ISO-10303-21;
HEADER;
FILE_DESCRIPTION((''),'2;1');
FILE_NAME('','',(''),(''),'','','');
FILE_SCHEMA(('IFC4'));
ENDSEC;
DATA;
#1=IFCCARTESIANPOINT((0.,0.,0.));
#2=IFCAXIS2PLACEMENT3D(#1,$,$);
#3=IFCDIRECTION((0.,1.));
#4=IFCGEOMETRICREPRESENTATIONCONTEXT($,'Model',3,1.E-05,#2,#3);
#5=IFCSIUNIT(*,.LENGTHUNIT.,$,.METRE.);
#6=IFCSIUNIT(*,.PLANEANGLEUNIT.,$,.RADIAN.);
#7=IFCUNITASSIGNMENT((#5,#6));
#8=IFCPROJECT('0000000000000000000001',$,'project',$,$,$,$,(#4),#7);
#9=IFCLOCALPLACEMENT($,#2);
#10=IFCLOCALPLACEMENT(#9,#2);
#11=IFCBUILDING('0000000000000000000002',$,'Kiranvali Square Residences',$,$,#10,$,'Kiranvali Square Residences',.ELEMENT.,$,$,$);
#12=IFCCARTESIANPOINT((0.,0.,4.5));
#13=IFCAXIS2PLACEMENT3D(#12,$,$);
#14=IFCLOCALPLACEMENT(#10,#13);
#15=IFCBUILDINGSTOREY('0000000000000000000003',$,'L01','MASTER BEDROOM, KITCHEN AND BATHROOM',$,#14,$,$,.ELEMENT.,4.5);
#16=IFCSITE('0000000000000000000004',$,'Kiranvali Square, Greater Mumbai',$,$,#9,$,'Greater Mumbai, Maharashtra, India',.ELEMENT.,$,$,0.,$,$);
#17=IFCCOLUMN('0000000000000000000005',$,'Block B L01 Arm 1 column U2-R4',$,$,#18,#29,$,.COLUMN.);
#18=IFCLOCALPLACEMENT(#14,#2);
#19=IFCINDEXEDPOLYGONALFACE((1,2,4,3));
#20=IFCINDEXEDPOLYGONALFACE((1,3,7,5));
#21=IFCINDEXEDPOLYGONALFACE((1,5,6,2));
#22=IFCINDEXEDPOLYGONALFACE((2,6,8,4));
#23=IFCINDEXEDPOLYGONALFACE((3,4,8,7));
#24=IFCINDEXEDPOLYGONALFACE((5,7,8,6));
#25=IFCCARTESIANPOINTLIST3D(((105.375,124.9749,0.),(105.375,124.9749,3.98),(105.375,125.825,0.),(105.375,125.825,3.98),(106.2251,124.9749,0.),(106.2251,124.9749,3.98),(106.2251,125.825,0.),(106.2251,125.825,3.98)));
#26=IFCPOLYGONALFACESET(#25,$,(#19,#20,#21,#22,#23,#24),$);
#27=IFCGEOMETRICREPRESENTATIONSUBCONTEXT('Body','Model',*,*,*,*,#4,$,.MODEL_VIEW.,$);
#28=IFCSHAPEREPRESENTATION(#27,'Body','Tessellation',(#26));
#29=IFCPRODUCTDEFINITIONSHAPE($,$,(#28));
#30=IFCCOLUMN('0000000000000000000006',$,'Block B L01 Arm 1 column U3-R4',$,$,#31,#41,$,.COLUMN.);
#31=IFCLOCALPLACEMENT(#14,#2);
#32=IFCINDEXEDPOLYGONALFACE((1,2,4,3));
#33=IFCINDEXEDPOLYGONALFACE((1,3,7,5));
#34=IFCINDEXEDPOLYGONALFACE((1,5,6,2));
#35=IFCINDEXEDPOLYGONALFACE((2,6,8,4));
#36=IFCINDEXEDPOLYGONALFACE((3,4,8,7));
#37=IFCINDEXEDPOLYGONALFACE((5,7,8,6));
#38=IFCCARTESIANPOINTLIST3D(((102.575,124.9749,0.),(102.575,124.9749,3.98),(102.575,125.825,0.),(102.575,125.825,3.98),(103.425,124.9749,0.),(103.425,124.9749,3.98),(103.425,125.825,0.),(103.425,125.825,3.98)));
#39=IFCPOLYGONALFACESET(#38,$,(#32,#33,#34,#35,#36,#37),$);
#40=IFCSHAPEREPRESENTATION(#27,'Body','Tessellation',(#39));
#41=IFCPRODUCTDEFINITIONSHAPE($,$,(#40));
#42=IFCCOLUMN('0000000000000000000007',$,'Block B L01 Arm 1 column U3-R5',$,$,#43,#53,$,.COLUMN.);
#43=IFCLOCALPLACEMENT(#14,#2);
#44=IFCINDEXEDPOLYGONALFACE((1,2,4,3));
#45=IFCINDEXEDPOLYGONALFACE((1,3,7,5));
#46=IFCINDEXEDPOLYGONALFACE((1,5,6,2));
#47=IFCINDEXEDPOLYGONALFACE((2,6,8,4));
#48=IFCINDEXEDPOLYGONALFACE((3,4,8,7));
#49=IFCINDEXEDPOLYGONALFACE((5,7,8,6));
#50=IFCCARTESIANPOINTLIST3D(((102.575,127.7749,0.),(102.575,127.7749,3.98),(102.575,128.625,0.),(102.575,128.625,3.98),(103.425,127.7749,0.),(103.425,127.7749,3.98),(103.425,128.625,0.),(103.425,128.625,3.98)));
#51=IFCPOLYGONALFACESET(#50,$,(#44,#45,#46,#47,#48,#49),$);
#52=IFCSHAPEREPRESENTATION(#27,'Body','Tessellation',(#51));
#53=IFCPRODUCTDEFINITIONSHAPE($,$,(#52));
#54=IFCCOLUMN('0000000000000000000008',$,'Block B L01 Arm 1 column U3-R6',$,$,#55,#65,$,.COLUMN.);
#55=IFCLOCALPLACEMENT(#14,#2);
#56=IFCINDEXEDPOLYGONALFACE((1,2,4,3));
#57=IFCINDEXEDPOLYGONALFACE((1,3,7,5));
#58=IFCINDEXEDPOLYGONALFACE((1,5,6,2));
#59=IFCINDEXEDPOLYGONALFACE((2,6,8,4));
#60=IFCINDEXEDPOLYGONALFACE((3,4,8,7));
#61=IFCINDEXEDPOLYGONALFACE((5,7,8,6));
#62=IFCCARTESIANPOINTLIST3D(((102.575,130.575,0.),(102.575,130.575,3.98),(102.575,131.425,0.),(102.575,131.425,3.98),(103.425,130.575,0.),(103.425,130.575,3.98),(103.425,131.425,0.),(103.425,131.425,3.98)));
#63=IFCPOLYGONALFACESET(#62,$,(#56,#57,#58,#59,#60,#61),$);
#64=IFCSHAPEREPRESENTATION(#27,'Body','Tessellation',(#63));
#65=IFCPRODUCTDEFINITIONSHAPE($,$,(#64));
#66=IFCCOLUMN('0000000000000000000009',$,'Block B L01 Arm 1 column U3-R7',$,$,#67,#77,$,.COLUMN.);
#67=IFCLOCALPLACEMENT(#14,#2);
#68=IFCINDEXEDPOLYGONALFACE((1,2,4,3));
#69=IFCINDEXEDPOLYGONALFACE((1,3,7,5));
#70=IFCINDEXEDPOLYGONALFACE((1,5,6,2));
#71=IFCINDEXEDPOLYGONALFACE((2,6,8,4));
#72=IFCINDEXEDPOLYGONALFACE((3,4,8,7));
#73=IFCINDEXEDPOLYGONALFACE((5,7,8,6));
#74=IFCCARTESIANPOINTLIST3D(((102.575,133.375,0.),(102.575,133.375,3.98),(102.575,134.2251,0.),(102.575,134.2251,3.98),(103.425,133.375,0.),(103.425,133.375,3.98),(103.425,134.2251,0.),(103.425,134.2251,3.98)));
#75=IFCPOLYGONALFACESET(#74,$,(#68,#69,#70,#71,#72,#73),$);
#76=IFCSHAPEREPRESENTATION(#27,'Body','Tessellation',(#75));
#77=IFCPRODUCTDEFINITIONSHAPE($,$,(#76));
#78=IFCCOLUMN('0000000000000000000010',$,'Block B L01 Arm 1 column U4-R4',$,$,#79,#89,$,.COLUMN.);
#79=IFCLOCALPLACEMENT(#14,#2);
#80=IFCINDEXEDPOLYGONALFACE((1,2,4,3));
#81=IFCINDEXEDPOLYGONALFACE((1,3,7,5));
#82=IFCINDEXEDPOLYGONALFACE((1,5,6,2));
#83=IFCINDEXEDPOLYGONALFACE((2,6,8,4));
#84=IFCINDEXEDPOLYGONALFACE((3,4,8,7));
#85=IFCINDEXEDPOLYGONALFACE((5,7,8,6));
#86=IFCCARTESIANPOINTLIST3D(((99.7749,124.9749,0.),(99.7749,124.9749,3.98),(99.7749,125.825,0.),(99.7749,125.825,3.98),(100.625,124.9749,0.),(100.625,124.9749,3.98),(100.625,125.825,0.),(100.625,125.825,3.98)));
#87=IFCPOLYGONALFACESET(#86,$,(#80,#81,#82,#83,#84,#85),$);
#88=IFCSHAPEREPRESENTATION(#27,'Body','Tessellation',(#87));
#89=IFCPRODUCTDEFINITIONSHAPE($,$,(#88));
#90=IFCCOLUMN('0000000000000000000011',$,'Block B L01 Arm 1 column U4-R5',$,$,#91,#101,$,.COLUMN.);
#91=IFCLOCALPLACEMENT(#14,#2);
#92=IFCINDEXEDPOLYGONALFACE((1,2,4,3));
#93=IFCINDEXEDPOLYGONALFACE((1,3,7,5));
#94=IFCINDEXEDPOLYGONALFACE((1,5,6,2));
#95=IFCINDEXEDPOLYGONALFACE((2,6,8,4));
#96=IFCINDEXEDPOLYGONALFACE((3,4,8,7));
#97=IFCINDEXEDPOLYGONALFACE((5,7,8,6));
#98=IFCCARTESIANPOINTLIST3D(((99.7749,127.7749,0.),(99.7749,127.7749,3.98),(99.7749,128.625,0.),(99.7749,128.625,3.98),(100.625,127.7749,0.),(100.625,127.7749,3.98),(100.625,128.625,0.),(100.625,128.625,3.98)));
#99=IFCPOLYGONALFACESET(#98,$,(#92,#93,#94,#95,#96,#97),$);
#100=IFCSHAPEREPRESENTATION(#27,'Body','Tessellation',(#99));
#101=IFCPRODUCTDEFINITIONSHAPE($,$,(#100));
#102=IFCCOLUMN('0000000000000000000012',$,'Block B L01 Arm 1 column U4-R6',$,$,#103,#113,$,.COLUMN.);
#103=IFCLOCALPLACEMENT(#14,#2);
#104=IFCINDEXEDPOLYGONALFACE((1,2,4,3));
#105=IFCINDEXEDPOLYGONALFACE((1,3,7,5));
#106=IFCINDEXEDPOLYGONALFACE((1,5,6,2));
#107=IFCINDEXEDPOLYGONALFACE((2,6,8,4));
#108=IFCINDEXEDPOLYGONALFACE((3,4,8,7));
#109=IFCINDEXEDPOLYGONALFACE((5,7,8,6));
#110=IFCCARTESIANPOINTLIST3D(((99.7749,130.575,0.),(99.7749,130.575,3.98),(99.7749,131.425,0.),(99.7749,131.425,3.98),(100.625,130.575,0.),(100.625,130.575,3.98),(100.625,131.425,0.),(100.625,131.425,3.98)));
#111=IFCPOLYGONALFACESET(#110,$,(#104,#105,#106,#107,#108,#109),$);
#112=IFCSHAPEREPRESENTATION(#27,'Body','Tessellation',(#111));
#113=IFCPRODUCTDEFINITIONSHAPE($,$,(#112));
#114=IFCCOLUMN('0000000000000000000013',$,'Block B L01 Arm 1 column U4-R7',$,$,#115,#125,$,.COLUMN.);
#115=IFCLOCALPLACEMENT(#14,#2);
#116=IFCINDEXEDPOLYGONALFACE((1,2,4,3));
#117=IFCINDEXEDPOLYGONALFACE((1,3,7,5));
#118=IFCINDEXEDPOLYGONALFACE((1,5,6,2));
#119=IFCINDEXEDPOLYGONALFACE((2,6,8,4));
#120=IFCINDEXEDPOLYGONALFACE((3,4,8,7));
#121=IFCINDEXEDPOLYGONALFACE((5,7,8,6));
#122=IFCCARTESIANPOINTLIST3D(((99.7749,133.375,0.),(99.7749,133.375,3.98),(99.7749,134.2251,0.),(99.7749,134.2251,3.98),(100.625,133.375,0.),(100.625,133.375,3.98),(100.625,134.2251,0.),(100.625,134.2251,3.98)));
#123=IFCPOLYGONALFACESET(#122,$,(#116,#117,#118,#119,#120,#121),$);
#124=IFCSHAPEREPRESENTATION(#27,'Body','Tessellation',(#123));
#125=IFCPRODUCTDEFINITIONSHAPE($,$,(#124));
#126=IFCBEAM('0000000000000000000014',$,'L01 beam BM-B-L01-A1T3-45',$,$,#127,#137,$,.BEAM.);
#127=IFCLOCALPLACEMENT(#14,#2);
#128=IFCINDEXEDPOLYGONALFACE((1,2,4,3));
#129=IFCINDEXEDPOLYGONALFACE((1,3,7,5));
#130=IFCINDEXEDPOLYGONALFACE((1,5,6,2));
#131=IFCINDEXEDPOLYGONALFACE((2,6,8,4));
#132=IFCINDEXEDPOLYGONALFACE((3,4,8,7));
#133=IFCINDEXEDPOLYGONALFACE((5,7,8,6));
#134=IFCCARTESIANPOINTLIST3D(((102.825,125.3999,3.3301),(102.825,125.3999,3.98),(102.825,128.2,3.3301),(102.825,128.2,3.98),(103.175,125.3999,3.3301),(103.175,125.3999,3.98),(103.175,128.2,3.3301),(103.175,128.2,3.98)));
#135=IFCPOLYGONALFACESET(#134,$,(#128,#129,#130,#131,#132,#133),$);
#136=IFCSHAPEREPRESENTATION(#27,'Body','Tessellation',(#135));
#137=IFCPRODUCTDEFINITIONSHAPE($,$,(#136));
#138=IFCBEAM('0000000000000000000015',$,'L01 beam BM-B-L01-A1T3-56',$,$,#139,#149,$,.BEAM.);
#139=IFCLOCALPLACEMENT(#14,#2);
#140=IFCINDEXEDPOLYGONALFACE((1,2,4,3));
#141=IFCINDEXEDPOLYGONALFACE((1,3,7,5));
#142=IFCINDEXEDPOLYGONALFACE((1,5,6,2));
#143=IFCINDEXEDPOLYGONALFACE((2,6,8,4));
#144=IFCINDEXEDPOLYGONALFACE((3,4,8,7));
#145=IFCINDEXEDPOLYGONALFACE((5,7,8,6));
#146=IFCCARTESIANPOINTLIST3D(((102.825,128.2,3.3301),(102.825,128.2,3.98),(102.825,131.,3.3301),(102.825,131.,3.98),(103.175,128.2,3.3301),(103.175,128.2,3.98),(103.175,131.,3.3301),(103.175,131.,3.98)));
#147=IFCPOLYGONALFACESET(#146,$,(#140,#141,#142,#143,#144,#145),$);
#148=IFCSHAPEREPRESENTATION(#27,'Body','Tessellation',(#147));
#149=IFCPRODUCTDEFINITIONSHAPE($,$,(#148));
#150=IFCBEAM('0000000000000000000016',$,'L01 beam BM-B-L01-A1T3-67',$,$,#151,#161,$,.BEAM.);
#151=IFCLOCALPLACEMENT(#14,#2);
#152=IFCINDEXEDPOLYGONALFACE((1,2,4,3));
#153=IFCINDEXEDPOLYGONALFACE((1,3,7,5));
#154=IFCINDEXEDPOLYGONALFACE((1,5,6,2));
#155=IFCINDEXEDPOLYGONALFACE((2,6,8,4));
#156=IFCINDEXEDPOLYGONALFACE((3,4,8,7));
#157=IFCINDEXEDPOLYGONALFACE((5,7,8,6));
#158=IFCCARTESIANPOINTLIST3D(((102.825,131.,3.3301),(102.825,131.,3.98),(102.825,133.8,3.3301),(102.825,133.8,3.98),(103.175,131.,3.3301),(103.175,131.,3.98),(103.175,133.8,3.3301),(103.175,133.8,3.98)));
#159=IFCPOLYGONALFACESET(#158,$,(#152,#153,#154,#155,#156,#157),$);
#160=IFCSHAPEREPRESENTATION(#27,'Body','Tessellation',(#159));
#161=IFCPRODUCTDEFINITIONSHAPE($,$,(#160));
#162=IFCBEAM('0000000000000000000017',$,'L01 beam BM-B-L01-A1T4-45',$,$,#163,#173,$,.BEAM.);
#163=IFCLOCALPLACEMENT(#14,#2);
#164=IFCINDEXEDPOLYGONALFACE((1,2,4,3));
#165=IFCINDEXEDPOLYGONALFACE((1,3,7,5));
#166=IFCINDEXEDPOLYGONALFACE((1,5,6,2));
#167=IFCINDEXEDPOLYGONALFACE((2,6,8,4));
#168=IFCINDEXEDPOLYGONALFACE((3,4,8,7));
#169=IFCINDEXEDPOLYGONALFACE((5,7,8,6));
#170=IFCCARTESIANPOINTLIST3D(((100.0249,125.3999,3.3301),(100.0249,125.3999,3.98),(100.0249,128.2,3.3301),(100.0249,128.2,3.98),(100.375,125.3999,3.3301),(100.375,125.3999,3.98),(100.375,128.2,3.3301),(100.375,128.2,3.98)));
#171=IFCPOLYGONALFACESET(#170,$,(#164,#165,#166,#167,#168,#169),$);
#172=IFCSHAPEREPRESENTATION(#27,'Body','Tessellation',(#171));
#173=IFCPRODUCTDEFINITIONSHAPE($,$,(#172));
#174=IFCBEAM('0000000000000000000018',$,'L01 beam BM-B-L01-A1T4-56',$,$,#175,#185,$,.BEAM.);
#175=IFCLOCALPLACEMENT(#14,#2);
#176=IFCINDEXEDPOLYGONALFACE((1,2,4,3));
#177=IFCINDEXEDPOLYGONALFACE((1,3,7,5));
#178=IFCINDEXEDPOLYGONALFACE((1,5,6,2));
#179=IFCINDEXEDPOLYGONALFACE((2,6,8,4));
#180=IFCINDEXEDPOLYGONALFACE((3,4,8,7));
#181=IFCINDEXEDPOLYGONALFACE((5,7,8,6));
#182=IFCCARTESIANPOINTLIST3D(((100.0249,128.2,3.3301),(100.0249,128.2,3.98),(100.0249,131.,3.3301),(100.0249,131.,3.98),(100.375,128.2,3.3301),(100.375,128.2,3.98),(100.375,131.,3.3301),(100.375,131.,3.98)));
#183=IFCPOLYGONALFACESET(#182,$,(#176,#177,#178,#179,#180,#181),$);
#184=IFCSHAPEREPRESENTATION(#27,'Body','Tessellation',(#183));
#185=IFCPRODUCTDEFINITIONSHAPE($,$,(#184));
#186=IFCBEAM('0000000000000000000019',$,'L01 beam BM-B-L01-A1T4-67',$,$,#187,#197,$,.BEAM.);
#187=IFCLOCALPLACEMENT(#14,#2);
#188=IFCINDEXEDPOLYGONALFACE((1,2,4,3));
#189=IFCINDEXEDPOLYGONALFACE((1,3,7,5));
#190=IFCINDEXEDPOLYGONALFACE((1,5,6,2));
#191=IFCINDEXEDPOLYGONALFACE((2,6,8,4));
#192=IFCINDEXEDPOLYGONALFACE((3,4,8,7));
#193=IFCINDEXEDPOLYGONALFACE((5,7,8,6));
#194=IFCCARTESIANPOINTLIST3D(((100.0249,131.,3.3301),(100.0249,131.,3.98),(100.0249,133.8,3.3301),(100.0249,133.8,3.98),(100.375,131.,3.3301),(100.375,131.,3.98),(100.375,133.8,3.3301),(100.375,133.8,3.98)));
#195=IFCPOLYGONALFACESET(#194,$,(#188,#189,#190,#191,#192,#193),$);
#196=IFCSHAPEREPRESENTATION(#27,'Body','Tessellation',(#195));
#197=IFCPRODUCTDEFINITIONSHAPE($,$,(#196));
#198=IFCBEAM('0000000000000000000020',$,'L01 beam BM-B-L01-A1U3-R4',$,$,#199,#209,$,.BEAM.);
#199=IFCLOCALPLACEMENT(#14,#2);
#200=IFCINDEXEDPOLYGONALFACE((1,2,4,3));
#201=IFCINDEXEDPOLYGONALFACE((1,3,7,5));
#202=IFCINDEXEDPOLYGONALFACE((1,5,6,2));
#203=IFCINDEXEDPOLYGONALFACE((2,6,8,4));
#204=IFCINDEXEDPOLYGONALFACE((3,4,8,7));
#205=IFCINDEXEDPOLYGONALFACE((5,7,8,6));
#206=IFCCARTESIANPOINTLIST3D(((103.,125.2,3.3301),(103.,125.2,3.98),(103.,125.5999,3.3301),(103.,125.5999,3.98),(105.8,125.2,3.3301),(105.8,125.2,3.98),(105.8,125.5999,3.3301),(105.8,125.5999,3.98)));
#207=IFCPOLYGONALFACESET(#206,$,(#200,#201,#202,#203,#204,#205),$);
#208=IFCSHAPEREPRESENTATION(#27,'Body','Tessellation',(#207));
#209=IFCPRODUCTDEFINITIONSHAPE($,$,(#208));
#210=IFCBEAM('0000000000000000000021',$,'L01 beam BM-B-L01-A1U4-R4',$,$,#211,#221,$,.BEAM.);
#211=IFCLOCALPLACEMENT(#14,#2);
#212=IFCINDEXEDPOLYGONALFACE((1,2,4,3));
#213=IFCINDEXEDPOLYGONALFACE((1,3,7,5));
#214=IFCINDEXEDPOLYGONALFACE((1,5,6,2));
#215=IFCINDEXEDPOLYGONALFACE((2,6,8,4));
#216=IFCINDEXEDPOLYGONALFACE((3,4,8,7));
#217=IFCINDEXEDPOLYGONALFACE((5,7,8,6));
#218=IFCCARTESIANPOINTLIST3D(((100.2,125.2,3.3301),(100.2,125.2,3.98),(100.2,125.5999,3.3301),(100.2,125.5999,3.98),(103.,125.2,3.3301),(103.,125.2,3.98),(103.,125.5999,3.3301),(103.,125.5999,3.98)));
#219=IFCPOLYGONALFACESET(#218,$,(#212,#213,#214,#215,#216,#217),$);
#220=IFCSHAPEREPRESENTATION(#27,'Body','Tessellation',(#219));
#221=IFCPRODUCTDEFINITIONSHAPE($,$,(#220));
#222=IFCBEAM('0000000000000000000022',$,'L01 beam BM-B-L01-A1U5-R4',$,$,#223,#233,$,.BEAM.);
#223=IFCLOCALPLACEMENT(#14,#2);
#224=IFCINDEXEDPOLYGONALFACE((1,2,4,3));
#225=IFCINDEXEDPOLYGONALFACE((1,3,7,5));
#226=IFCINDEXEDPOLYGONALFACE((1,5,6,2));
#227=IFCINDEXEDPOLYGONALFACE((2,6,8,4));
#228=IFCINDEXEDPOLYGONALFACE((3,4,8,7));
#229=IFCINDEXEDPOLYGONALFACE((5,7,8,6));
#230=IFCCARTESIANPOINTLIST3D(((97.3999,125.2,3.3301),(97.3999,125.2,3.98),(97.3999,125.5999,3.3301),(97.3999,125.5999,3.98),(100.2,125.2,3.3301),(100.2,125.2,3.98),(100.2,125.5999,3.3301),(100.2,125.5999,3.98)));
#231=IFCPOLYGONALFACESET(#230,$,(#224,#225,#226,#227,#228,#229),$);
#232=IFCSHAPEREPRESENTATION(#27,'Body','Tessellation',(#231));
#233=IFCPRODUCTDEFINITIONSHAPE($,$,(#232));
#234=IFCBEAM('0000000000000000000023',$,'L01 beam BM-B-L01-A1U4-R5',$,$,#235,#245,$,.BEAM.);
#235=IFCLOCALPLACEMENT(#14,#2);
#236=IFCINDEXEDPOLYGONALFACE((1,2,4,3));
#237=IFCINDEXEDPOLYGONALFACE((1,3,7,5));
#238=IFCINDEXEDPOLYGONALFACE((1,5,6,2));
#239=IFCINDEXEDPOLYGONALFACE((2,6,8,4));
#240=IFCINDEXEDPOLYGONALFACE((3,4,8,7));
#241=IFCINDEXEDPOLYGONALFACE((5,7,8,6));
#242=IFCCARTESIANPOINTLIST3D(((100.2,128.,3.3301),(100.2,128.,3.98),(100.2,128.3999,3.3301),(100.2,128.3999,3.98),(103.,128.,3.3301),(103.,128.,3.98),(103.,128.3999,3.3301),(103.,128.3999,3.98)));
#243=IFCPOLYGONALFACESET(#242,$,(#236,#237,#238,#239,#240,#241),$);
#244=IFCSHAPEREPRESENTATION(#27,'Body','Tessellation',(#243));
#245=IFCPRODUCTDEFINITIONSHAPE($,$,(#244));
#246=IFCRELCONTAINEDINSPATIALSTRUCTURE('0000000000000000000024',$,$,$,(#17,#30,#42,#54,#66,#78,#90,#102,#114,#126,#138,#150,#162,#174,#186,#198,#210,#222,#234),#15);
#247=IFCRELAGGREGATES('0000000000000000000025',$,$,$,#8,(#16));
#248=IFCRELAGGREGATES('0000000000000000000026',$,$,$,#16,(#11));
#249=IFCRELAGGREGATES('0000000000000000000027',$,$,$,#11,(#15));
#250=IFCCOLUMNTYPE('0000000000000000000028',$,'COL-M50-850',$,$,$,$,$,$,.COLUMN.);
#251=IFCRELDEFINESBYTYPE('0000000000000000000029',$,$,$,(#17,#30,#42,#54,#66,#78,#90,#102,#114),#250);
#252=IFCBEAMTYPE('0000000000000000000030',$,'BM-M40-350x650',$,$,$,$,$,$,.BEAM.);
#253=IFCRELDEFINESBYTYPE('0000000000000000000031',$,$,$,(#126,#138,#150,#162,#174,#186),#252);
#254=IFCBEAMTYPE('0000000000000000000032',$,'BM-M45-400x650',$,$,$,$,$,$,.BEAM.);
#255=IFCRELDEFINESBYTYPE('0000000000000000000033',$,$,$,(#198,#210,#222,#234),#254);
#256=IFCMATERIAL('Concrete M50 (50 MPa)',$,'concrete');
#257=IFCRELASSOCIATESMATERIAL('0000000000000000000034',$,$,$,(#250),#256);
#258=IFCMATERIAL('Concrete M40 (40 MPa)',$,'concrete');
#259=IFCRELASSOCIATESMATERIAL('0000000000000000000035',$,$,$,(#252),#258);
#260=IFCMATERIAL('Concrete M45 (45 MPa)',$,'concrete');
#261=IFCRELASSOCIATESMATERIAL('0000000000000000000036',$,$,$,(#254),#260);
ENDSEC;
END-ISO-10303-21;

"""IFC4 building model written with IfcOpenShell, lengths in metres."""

from ifc_helpers import new_model, si_unit, direction, frame, origin, origin_2d, place, context, subcontext, project, spatial, rectangle, extrude, material, material_profile, profile_set, type_object, element, save


model = new_model("IFC4")

# Units and contexts
model_context = context("Model", 3, precision=1e-05, world=origin(), true_north=direction((0.0, 1.0)))
body_context = subcontext(model_context, "Body", "Model", "MODEL_VIEW")
ifc_project = project(units=[si_unit("LENGTHUNIT", "METRE"), si_unit("PLANEANGLEUNIT", "RADIAN")], contexts=[model_context])

# Site, building, storey
site_placement = place(None, origin())
site = spatial("IfcSite", under=ifc_project, at=site_placement, Name="Kiranvali Square, Greater Mumbai", LongName="Greater Mumbai, Maharashtra, India", CompositionType="ELEMENT", RefElevation=0.0)
building_placement = place(site_placement, origin())
building = spatial("IfcBuilding", under=site, at=building_placement, Name="Kiranvali Square Residences", LongName="Kiranvali Square Residences", CompositionType="ELEMENT")
storey_placement = place(building_placement, frame((0.0, 0.0, 4.5)))
storey = spatial("IfcBuildingStorey", under=building, at=storey_placement, Name="L01", Description="MASTER BEDROOM, KITCHEN AND BATHROOM", CompositionType="ELEMENT", Elevation=4.5)

# Columns
ifc_material_1 = material(Name="Concrete M50 (50 MPa)", Category="concrete")
ifc_material_profile_1 = material_profile(ifc_material_1, rectangle(XDim=0.8501, YDim=0.8501, at=origin_2d()), Name="RC 850x850")
ifc_profile_set_1 = profile_set([ifc_material_profile_1], Name="Concrete M50 (50 MPa)")
column_type = type_object("IfcColumnType", Name="COL-M50-850", PredefinedType="COLUMN", material=ifc_profile_set_1)
for number, where, z_axis, x_axis, name in (
    (1, (105.8, 125.3999, 0.0), (0.0, 0.0, 1.0), (1.0, 0.0, 0.0), "Block B L01 Arm 1 column U2-R4"),
    (2, (103.0, 125.3999, 0.0), (0.0, 0.0, 1.0), (1.0, 0.0, 0.0), "Block B L01 Arm 1 column U3-R4"),
    (3, (103.0, 128.2, 0.0), (0.0, 0.0, 1.0), (1.0, 0.0, 0.0), "Block B L01 Arm 1 column U3-R5"),
    (4, (103.0, 131.0, 0.0), (0.0, 0.0, 1.0), (1.0, 0.0, 0.0), "Block B L01 Arm 1 column U3-R6"),
    (5, (103.0, 133.8, 0.0), (0.0, 0.0, 1.0), (1.0, 0.0, 0.0), "Block B L01 Arm 1 column U3-R7"),
    (6, (100.2, 125.3999, 0.0), (0.0, 0.0, 1.0), (1.0, 0.0, 0.0), "Block B L01 Arm 1 column U4-R4"),
    (7, (100.2, 128.2, 0.0), (0.0, 0.0, 1.0), (1.0, 0.0, 0.0), "Block B L01 Arm 1 column U4-R5"),
    (8, (100.2, 131.0, 0.0), (0.0, 0.0, 1.0), (1.0, 0.0, 0.0), "Block B L01 Arm 1 column U4-R6"),
    (9, (100.2, 133.8, 0.0), (0.0, 0.0, 1.0), (1.0, 0.0, 0.0), "Block B L01 Arm 1 column U4-R7"),
):
    element("IfcColumn", number, at=place(storey_placement, frame(where, z_axis=z_axis, x_axis=x_axis)), inside=storey, type_object=column_type, Name=name, PredefinedType="COLUMN", context=body_context, shape_type="SweptSolid", body=[
        extrude(rectangle(XDim=0.8501, YDim=0.8501, at=origin_2d()), origin(), (0.0, 0.0, 1.0), 3.98),
    ])

# Beams
ifc_material_2 = material(Name="Concrete M40 (40 MPa)", Category="concrete")
ifc_material_profile_2 = material_profile(ifc_material_2, rectangle(XDim=0.3501, YDim=0.6499, at=origin_2d()), Name="RC 350x650")
ifc_profile_set_2 = profile_set([ifc_material_profile_2], Name="Concrete M40 (40 MPa)")
beam_type_1 = type_object("IfcBeamType", Name="BM-M40-350x650", PredefinedType="BEAM", material=ifc_profile_set_2)
for number, where, z_axis, x_axis, name in (
    (10, (103.0, 125.3999, 3.655), (0.0, 1.0, 0.0), (-1.0, 0.0, 0.0), "L01 beam BM-B-L01-A1T3-45"),
    (11, (103.0, 128.2, 3.655), (0.0, 1.0, 0.0), (-1.0, 0.0, 0.0), "L01 beam BM-B-L01-A1T3-56"),
    (12, (103.0, 131.0, 3.655), (0.0, 1.0, 0.0), (-1.0, 0.0, 0.0), "L01 beam BM-B-L01-A1T3-67"),
    (13, (100.2, 125.3999, 3.655), (0.0, 1.0, 0.0), (-1.0, 0.0, 0.0), "L01 beam BM-B-L01-A1T4-45"),
    (14, (100.2, 128.2, 3.655), (0.0, 1.0, 0.0), (-1.0, 0.0, 0.0), "L01 beam BM-B-L01-A1T4-56"),
    (15, (100.2, 131.0, 3.655), (0.0, 1.0, 0.0), (-1.0, 0.0, 0.0), "L01 beam BM-B-L01-A1T4-67"),
):
    element("IfcBeam", number, at=place(storey_placement, frame(where, z_axis=z_axis, x_axis=x_axis)), inside=storey, type_object=beam_type_1, Name=name, PredefinedType="BEAM", context=body_context, shape_type="SweptSolid", body=[
        extrude(rectangle(XDim=0.3501, YDim=0.6499, at=origin_2d()), origin(), (0.0, 0.0, 1.0), 2.8),
    ])
ifc_material_3 = material(Name="Concrete M45 (45 MPa)", Category="concrete")
ifc_material_profile_3 = material_profile(ifc_material_3, rectangle(XDim=0.3999, YDim=0.6499, at=origin_2d()), Name="RC 400x650")
ifc_profile_set_3 = profile_set([ifc_material_profile_3], Name="Concrete M45 (45 MPa)")
beam_type_2 = type_object("IfcBeamType", Name="BM-M45-400x650", PredefinedType="BEAM", material=ifc_profile_set_3)
for number, where, z_axis, x_axis, name in (
    (16, (105.8, 125.3999, 3.655), (-1.0, 0.0, 0.0), (0.0, -1.0, 0.0), "L01 beam BM-B-L01-A1U3-R4"),
    (17, (103.0, 125.3999, 3.655), (-1.0, 0.0, 0.0), (0.0, -1.0, 0.0), "L01 beam BM-B-L01-A1U4-R4"),
    (18, (100.2, 125.3999, 3.655), (-1.0, 0.0, 0.0), (0.0, -1.0, 0.0), "L01 beam BM-B-L01-A1U5-R4"),
    (19, (103.0, 128.2, 3.655), (-1.0, 0.0, 0.0), (0.0, -1.0, 0.0), "L01 beam BM-B-L01-A1U4-R5"),
):
    element("IfcBeam", number, at=place(storey_placement, frame(where, z_axis=z_axis, x_axis=x_axis)), inside=storey, type_object=beam_type_2, Name=name, PredefinedType="BEAM", context=body_context, shape_type="SweptSolid", body=[
        extrude(rectangle(XDim=0.3999, YDim=0.6499, at=origin_2d()), origin(), (0.0, 0.0, 1.0), 2.8),
    ])

save(model, "model.ifc")
